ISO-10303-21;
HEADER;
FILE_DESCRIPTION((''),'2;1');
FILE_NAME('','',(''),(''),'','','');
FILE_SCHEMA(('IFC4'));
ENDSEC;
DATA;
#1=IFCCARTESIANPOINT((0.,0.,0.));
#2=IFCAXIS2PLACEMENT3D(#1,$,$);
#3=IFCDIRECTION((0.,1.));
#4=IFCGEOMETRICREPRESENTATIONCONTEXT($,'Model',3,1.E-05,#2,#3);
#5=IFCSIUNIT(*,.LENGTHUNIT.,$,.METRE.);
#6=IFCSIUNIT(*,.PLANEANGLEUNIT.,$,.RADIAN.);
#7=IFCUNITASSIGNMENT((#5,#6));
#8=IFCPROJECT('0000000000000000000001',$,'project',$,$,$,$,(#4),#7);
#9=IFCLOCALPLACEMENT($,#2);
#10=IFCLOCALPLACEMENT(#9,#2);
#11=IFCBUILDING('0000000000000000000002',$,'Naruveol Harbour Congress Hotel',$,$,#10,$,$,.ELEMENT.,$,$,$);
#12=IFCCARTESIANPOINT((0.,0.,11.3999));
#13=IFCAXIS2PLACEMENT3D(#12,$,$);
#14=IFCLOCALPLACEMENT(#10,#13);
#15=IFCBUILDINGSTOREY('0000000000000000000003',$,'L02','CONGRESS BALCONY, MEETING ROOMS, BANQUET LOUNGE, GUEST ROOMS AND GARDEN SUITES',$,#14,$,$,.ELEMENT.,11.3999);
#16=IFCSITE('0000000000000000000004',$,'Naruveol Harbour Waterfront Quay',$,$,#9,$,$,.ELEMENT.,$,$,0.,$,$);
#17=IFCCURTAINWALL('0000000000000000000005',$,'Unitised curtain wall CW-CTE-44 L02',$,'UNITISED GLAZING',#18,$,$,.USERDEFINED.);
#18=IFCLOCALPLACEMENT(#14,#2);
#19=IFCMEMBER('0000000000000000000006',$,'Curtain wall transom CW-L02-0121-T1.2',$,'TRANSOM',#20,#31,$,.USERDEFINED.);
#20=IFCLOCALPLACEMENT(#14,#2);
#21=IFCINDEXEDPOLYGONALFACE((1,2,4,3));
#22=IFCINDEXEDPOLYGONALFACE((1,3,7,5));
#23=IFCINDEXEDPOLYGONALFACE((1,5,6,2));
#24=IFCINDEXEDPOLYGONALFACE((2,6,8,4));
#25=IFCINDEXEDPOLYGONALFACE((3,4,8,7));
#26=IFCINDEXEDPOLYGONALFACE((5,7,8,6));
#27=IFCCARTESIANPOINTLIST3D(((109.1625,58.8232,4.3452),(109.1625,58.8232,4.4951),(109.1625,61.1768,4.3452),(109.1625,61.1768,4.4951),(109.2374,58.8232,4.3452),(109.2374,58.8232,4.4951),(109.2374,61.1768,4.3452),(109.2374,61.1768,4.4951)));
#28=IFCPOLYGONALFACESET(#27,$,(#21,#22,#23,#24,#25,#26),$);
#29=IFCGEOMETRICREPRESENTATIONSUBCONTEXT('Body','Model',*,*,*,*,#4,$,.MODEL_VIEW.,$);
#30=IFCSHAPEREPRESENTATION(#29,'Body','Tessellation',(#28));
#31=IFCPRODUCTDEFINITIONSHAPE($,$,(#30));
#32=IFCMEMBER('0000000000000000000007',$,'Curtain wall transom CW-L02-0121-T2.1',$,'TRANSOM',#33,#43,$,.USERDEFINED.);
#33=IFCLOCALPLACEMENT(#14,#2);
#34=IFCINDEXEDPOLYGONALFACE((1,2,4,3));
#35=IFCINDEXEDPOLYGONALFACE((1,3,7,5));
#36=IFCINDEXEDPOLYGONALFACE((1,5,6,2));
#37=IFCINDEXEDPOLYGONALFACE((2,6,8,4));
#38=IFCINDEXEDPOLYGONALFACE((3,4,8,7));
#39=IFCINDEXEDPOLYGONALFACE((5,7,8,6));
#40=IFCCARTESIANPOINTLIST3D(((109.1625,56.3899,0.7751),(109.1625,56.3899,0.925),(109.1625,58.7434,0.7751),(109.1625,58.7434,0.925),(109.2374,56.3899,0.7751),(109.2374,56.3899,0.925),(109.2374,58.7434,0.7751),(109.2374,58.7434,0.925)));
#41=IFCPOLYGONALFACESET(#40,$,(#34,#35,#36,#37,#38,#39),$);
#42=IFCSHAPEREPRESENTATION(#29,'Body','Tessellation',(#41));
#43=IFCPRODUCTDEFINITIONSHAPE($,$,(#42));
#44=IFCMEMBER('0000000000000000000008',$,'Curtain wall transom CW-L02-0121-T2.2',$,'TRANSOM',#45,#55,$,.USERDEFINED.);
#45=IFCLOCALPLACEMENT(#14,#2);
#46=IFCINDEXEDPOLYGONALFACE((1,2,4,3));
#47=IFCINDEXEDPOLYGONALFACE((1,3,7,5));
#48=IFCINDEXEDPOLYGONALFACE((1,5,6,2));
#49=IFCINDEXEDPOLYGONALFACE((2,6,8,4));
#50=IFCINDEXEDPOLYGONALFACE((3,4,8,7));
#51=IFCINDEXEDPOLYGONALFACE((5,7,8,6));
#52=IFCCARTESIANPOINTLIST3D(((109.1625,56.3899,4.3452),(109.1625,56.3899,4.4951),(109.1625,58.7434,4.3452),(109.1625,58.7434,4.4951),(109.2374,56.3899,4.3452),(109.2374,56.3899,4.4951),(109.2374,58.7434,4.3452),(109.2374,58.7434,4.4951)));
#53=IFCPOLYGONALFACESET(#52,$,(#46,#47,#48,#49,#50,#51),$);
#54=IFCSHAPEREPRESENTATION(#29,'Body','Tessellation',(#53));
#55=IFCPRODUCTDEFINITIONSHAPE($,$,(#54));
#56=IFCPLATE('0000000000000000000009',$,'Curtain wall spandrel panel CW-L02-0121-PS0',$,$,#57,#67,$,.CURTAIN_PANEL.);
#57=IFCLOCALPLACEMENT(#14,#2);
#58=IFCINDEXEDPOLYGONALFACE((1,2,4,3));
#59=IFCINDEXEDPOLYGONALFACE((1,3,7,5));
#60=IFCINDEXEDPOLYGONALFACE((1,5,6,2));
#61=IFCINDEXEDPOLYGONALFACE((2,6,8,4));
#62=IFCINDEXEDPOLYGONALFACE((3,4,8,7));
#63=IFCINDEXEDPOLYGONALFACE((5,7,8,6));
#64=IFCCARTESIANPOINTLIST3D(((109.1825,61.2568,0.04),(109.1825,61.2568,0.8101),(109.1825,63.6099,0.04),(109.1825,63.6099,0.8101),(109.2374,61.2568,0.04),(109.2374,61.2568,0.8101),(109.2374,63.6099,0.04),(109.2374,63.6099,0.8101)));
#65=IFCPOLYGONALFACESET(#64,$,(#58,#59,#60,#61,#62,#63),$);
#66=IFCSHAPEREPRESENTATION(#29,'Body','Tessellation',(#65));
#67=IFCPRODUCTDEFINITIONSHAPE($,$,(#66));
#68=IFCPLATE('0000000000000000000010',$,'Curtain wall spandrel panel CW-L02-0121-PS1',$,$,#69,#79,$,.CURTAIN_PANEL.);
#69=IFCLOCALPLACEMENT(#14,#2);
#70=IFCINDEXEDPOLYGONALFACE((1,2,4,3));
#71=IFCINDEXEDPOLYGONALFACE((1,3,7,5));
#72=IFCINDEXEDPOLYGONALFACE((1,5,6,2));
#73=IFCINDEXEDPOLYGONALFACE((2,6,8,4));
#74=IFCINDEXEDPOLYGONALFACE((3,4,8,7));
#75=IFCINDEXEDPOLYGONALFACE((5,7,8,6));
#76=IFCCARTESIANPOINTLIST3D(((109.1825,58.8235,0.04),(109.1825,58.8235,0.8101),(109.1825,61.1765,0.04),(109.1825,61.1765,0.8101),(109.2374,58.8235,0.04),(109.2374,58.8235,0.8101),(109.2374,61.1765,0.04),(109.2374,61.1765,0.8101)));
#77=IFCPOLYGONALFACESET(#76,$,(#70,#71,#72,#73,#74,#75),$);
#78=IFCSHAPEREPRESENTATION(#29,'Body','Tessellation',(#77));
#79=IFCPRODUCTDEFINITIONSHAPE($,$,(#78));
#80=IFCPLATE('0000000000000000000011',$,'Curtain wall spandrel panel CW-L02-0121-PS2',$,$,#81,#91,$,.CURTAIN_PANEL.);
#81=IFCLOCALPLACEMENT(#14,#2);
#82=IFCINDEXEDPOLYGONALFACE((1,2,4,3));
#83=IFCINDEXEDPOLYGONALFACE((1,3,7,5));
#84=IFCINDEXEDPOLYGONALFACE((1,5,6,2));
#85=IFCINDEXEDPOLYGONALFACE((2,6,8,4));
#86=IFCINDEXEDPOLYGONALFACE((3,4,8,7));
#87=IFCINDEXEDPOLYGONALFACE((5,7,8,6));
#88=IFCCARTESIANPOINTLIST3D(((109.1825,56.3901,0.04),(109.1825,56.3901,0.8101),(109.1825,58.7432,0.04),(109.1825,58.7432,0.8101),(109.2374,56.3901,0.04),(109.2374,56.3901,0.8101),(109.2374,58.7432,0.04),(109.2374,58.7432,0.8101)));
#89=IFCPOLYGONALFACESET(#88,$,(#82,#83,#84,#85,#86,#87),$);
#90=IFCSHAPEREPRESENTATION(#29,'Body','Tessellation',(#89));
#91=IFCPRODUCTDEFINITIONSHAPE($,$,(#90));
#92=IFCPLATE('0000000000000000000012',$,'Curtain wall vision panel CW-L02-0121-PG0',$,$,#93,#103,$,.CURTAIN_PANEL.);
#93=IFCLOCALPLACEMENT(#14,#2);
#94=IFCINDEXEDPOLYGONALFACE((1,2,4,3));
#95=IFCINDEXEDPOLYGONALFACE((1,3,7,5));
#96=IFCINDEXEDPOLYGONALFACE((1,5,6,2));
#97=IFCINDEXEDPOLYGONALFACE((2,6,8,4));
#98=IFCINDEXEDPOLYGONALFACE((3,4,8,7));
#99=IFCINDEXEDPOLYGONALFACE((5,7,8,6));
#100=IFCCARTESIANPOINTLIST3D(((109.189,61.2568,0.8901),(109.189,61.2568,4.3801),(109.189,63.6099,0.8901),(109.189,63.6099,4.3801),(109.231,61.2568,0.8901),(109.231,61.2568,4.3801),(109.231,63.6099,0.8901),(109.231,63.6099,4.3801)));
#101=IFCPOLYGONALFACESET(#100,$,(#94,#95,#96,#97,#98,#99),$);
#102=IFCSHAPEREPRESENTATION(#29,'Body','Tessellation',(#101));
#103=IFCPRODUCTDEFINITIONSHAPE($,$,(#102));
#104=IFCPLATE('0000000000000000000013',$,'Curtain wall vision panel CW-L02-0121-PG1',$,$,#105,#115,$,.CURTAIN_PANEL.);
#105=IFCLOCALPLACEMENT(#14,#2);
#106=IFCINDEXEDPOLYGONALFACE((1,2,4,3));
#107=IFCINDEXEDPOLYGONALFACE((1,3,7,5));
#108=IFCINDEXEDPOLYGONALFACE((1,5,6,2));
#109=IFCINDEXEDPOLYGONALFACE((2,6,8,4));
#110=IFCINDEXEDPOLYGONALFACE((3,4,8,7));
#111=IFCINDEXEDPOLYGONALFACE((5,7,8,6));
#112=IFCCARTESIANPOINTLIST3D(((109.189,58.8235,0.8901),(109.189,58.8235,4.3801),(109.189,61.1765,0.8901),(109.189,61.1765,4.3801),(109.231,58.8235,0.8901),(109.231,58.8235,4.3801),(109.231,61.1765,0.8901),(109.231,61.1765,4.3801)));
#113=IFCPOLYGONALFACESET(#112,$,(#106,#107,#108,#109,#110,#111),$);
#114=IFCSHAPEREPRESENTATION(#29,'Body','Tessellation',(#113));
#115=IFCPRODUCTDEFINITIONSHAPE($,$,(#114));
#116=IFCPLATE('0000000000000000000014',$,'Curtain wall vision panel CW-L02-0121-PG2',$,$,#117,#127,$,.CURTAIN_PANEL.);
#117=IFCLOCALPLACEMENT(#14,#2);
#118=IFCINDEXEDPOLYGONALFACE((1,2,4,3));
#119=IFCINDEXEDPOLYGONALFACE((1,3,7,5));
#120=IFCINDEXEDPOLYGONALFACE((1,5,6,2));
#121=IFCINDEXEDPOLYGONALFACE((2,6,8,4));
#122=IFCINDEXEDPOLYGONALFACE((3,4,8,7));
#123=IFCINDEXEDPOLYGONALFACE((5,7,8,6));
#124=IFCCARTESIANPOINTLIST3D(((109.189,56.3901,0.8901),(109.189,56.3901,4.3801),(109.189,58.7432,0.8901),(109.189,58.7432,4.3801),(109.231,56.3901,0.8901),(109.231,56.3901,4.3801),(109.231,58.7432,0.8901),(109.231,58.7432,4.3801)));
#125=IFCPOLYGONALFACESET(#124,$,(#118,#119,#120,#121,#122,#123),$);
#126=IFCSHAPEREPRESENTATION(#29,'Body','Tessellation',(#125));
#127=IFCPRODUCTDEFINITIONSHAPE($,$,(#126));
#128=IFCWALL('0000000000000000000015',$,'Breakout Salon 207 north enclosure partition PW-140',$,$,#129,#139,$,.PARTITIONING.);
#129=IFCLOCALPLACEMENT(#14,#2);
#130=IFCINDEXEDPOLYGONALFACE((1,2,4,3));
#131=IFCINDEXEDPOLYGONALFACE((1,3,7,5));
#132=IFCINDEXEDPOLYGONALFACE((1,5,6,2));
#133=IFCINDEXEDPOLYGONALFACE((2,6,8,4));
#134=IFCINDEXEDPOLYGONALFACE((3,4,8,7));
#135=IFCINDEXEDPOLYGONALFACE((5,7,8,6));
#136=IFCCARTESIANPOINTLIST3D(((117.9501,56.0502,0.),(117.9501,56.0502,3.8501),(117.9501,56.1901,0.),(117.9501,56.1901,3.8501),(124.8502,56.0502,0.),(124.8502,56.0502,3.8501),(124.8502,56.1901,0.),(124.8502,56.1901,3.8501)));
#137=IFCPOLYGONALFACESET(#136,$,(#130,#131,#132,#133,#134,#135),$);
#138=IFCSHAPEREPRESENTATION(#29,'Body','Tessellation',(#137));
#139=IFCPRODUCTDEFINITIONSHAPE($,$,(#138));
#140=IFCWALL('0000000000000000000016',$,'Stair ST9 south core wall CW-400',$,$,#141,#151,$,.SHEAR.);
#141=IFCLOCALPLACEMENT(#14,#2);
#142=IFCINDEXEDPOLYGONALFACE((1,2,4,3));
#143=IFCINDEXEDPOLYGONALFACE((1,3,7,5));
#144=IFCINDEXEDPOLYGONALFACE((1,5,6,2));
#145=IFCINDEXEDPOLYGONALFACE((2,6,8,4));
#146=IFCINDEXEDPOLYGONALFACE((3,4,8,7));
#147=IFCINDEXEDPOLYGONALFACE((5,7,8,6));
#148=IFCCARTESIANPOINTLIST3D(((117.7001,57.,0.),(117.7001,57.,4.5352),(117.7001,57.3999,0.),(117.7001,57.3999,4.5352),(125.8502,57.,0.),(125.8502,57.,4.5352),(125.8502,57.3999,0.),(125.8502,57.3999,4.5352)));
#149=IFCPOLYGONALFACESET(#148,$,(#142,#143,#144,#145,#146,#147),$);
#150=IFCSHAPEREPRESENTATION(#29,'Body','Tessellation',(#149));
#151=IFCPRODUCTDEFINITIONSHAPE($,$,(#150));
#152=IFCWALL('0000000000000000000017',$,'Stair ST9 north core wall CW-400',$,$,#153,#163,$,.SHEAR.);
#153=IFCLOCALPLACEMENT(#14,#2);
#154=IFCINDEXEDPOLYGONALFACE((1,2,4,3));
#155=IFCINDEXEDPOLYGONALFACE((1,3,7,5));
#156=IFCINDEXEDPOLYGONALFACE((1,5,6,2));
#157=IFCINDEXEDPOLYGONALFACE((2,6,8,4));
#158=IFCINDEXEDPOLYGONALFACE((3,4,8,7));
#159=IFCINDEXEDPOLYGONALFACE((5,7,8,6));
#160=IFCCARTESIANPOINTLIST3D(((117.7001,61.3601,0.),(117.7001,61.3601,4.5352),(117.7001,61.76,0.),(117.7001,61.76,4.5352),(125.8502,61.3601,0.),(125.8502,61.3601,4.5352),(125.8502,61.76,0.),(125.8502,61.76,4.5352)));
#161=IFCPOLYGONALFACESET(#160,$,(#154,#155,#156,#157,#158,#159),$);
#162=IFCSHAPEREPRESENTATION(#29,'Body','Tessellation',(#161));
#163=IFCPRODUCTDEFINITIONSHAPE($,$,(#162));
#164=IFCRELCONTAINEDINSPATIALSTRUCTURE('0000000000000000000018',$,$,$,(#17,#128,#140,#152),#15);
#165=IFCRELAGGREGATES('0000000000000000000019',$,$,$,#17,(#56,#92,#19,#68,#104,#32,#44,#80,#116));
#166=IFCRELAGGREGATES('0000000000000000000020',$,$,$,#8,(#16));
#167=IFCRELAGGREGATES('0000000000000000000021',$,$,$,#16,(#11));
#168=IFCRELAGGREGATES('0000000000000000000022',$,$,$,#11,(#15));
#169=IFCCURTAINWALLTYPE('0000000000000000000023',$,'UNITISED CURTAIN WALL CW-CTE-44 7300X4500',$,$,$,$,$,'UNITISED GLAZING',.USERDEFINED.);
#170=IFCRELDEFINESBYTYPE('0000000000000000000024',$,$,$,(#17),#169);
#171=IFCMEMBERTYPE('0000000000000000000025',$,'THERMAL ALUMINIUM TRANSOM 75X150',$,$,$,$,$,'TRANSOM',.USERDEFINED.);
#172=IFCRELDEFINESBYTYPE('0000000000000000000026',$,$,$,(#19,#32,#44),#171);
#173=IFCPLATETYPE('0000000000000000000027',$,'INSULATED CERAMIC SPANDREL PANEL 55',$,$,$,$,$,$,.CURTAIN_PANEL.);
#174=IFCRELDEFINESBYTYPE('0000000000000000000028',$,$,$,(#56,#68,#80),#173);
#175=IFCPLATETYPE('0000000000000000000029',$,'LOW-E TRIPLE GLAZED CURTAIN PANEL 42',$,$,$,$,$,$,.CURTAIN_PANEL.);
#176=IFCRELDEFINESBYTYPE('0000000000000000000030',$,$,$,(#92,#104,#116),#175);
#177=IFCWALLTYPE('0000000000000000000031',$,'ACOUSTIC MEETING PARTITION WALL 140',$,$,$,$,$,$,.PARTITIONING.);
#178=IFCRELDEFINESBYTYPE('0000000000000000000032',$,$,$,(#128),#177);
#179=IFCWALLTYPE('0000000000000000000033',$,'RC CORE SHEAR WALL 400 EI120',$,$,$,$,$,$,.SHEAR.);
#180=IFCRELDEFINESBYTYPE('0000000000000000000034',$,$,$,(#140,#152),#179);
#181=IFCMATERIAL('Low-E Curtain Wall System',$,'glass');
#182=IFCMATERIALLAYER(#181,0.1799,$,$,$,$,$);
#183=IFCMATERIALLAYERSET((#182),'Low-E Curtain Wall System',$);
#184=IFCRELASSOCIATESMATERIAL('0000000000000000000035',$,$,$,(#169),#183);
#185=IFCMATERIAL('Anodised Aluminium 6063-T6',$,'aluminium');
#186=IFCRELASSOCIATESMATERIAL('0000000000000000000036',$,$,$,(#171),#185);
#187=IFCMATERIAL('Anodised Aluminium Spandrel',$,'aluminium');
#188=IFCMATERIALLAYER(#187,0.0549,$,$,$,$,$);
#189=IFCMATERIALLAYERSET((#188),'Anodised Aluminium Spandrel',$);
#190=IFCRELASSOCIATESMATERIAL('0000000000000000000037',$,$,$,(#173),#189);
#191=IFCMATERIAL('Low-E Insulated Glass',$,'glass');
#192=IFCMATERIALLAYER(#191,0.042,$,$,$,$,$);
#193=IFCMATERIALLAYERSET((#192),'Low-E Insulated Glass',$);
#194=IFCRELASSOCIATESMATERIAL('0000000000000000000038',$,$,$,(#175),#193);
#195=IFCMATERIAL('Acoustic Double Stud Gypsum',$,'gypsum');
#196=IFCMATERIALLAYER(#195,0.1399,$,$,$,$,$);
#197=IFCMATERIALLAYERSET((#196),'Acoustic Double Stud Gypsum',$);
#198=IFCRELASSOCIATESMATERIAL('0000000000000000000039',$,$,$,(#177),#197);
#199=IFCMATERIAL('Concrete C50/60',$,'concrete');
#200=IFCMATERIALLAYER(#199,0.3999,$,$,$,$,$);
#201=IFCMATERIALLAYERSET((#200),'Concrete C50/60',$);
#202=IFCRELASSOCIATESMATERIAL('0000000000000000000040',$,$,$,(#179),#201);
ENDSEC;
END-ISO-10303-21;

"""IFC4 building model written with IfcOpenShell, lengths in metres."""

from ifc_helpers import new_model, si_unit, direction, frame, frame_2d, origin, origin_2d, place, context, subcontext, project, spatial, rectangle, extrude, material, layer, layer_set, material_profile, profile_set, type_object, element, aggregate, save


model = new_model("IFC4")

# Units and contexts
model_context = context("Model", 3, precision=1e-05, world=origin(), true_north=direction((0.0, 1.0)))
body_context = subcontext(model_context, "Body", "Model", "MODEL_VIEW")
ifc_project = project(units=[si_unit("LENGTHUNIT", "METRE"), si_unit("PLANEANGLEUNIT", "RADIAN")], contexts=[model_context])

# Site, building, storey
site_placement = place(None, origin())
site = spatial("IfcSite", under=ifc_project, at=site_placement, Name="Naruveol Harbour Waterfront Quay", CompositionType="ELEMENT", RefElevation=0.0)
building_placement = place(site_placement, origin())
building = spatial("IfcBuilding", under=site, at=building_placement, Name="Naruveol Harbour Congress Hotel", CompositionType="ELEMENT")
storey_placement = place(building_placement, frame((0.0, 0.0, 11.3999)))
storey = spatial("IfcBuildingStorey", under=building, at=storey_placement, Name="L02", Description="CONGRESS BALCONY, MEETING ROOMS, BANQUET LOUNGE, GUEST ROOMS AND GARDEN SUITES", CompositionType="ELEMENT", Elevation=11.3999)

# Curtain wall, members, plates
ifc_material_1 = material(Name="Low-E Curtain Wall System", Category="glass")
ifc_layer_1 = layer(ifc_material_1, 0.1799)
ifc_layer_set_1 = layer_set([ifc_layer_1], Name="Low-E Curtain Wall System")
curtain_wall_type = type_object("IfcCurtainWallType", Name="UNITISED CURTAIN WALL CW-CTE-44 7300X4500", ElementType="UNITISED GLAZING", PredefinedType="USERDEFINED", material=ifc_layer_set_1)
curtain_wall_placement = place(storey_placement, origin())
curtain_wall = element("IfcCurtainWall", 1, at=curtain_wall_placement, inside=storey, type_object=curtain_wall_type, Name="Unitised curtain wall CW-CTE-44 L02", ObjectType="UNITISED GLAZING", PredefinedType="USERDEFINED")
ifc_material_2 = material(Name="Anodised Aluminium 6063-T6", Category="aluminium")
ifc_material_profile_1 = material_profile(ifc_material_2, rectangle(XDim=0.075, YDim=0.1499, at=origin_2d()), Name="ALU-75x150")
ifc_profile_set_1 = profile_set([ifc_material_profile_1], Name="Anodised Aluminium 6063-T6")
member_type_1 = type_object("IfcMemberType", Name="THERMAL ALUMINIUM TRANSOM 75X150", ElementType="TRANSOM", PredefinedType="USERDEFINED", material=ifc_profile_set_1)
member_1_placement = place(storey_placement, frame((109.2, 61.1768, 4.4202), z_axis=(0.0, -1.0, 0.0), x_axis=(1.0, 0.0, 0.0)))
member_1 = element("IfcMember", 2, at=member_1_placement, type_object=member_type_1, Name="Curtain wall transom CW-L02-0121-T1.2", ObjectType="TRANSOM", PredefinedType="USERDEFINED", context=body_context, shape_type="SweptSolid", body=[
    extrude(rectangle(XDim=0.075, YDim=0.1499, at=origin_2d()), origin(), (0.0, 0.0, 1.0), 2.3535),
])
member_2_placement = place(storey_placement, frame((109.2, 58.7434, 0.8501), z_axis=(0.0, -1.0, 0.0), x_axis=(1.0, 0.0, 0.0)))
member_2 = element("IfcMember", 3, at=member_2_placement, type_object=member_type_1, Name="Curtain wall transom CW-L02-0121-T2.1", ObjectType="TRANSOM", PredefinedType="USERDEFINED", context=body_context, shape_type="SweptSolid", body=[
    extrude(rectangle(XDim=0.075, YDim=0.1499, at=origin_2d()), origin(), (0.0, 0.0, 1.0), 2.3535),
])
member_3_placement = place(storey_placement, frame((109.2, 58.7434, 4.4202), z_axis=(0.0, -1.0, 0.0), x_axis=(1.0, 0.0, 0.0)))
member_3 = element("IfcMember", 4, at=member_3_placement, type_object=member_type_1, Name="Curtain wall transom CW-L02-0121-T2.2", ObjectType="TRANSOM", PredefinedType="USERDEFINED", context=body_context, shape_type="SweptSolid", body=[
    extrude(rectangle(XDim=0.075, YDim=0.1499, at=origin_2d()), origin(), (0.0, 0.0, 1.0), 2.3535),
])
ifc_material_3 = material(Name="Anodised Aluminium Spandrel", Category="aluminium")
ifc_layer_2 = layer(ifc_material_3, 0.0549)
ifc_layer_set_2 = layer_set([ifc_layer_2], Name="Anodised Aluminium Spandrel")
plate_type_1 = type_object("IfcPlateType", Name="INSULATED CERAMIC SPANDREL PANEL 55", PredefinedType="CURTAIN_PANEL", material=ifc_layer_set_2)
plate_1_placement = place(storey_placement, frame((109.21, 62.4333, 0.04), z_axis=(0.0, 0.0, 1.0), x_axis=(0.0, -1.0, 0.0)))
plate_1 = element("IfcPlate", 5, at=plate_1_placement, type_object=plate_type_1, Name="Curtain wall spandrel panel CW-L02-0121-PS0", PredefinedType="CURTAIN_PANEL", context=body_context, shape_type="SweptSolid", body=[
    extrude(rectangle(XDim=2.353, YDim=0.0549, at=origin_2d()), origin(), (0.0, 0.0, 1.0), 0.77),
])
plate_2_placement = place(storey_placement, frame((109.21, 60.0, 0.04), z_axis=(0.0, 0.0, 1.0), x_axis=(0.0, -1.0, 0.0)))
plate_2 = element("IfcPlate", 6, at=plate_2_placement, type_object=plate_type_1, Name="Curtain wall spandrel panel CW-L02-0121-PS1", PredefinedType="CURTAIN_PANEL", context=body_context, shape_type="SweptSolid", body=[
    extrude(rectangle(XDim=2.353, YDim=0.0549, at=origin_2d()), origin(), (0.0, 0.0, 1.0), 0.77),
])
plate_3_placement = place(storey_placement, frame((109.21, 57.5667, 0.04), z_axis=(0.0, 0.0, 1.0), x_axis=(0.0, -1.0, 0.0)))
plate_3 = element("IfcPlate", 7, at=plate_3_placement, type_object=plate_type_1, Name="Curtain wall spandrel panel CW-L02-0121-PS2", PredefinedType="CURTAIN_PANEL", context=body_context, shape_type="SweptSolid", body=[
    extrude(rectangle(XDim=2.353, YDim=0.0549, at=origin_2d()), origin(), (0.0, 0.0, 1.0), 0.77),
])
ifc_material_4 = material(Name="Low-E Insulated Glass", Category="glass")
ifc_layer_3 = layer(ifc_material_4, 0.042)
ifc_layer_set_3 = layer_set([ifc_layer_3], Name="Low-E Insulated Glass")
plate_type_2 = type_object("IfcPlateType", Name="LOW-E TRIPLE GLAZED CURTAIN PANEL 42", PredefinedType="CURTAIN_PANEL", material=ifc_layer_set_3)
plate_4_placement = place(storey_placement, frame((109.21, 62.4333, 0.8901), z_axis=(0.0, 0.0, 1.0), x_axis=(0.0, -1.0, 0.0)))
plate_4 = element("IfcPlate", 8, at=plate_4_placement, type_object=plate_type_2, Name="Curtain wall vision panel CW-L02-0121-PG0", PredefinedType="CURTAIN_PANEL", context=body_context, shape_type="SweptSolid", body=[
    extrude(rectangle(XDim=2.353, YDim=0.042, at=origin_2d()), origin(), (0.0, 0.0, 1.0), 3.49),
])
plate_5_placement = place(storey_placement, frame((109.21, 60.0, 0.8901), z_axis=(0.0, 0.0, 1.0), x_axis=(0.0, -1.0, 0.0)))
plate_5 = element("IfcPlate", 9, at=plate_5_placement, type_object=plate_type_2, Name="Curtain wall vision panel CW-L02-0121-PG1", PredefinedType="CURTAIN_PANEL", context=body_context, shape_type="SweptSolid", body=[
    extrude(rectangle(XDim=2.353, YDim=0.042, at=origin_2d()), origin(), (0.0, 0.0, 1.0), 3.49),
])
plate_6_placement = place(storey_placement, frame((109.21, 57.5667, 0.8901), z_axis=(0.0, 0.0, 1.0), x_axis=(0.0, -1.0, 0.0)))
plate_6 = element("IfcPlate", 10, at=plate_6_placement, type_object=plate_type_2, Name="Curtain wall vision panel CW-L02-0121-PG2", PredefinedType="CURTAIN_PANEL", context=body_context, shape_type="SweptSolid", body=[
    extrude(rectangle(XDim=2.353, YDim=0.042, at=origin_2d()), origin(), (0.0, 0.0, 1.0), 3.49),
])
aggregate(curtain_wall, [plate_1, plate_4, member_1, plate_2, plate_5, member_2, member_3, plate_3, plate_6])

# Shared definitions
ifc_material_5 = material(Name="Acoustic Double Stud Gypsum", Category="gypsum")
ifc_layer_4 = layer(ifc_material_5, 0.1399)
ifc_layer_set_4 = layer_set([ifc_layer_4], Name="Acoustic Double Stud Gypsum")
wall_type_1 = type_object("IfcWallType", Name="ACOUSTIC MEETING PARTITION WALL 140", PredefinedType="PARTITIONING", material=ifc_layer_set_4)

# Walls
wall_1_placement = place(storey_placement, frame((117.95, 56.1201, 0.0), z_axis=(0.0, 0.0, 1.0), x_axis=(1.0, 0.0, 0.0)))
element("IfcWall", 11, at=wall_1_placement, inside=storey, type_object=wall_type_1, Name="Breakout Salon 207 north enclosure partition PW-140", PredefinedType="PARTITIONING", context=body_context, shape_type="SweptSolid", body=[
    extrude(rectangle(XDim=6.9001, YDim=0.1399, at=frame_2d((3.4502, 0.0))), origin(), (0.0, 0.0, 1.0), 3.8501),
])
ifc_material_6 = material(Name="Concrete C50/60", Category="concrete")
ifc_layer_5 = layer(ifc_material_6, 0.3999)
ifc_layer_set_5 = layer_set([ifc_layer_5], Name="Concrete C50/60")
wall_type_2 = type_object("IfcWallType", Name="RC CORE SHEAR WALL 400 EI120", PredefinedType="SHEAR", material=ifc_layer_set_5)
for number, where, z_axis, x_axis, name in (
    (12, (117.7, 57.2, 0.0), (0.0, 0.0, 1.0), (1.0, 0.0, 0.0), "Stair ST9 south core wall CW-400"),
    (13, (117.7, 61.5601, 0.0), (0.0, 0.0, 1.0), (1.0, 0.0, 0.0), "Stair ST9 north core wall CW-400"),
):
    element("IfcWall", number, at=place(storey_placement, frame(where, z_axis=z_axis, x_axis=x_axis)), inside=storey, type_object=wall_type_2, Name=name, PredefinedType="SHEAR", context=body_context, shape_type="SweptSolid", body=[
        extrude(rectangle(XDim=8.1501, YDim=0.3999, at=frame_2d((4.0752, 0.0))), origin(), (0.0, 0.0, 1.0), 4.5352),
    ])

save(model, "model.ifc")
